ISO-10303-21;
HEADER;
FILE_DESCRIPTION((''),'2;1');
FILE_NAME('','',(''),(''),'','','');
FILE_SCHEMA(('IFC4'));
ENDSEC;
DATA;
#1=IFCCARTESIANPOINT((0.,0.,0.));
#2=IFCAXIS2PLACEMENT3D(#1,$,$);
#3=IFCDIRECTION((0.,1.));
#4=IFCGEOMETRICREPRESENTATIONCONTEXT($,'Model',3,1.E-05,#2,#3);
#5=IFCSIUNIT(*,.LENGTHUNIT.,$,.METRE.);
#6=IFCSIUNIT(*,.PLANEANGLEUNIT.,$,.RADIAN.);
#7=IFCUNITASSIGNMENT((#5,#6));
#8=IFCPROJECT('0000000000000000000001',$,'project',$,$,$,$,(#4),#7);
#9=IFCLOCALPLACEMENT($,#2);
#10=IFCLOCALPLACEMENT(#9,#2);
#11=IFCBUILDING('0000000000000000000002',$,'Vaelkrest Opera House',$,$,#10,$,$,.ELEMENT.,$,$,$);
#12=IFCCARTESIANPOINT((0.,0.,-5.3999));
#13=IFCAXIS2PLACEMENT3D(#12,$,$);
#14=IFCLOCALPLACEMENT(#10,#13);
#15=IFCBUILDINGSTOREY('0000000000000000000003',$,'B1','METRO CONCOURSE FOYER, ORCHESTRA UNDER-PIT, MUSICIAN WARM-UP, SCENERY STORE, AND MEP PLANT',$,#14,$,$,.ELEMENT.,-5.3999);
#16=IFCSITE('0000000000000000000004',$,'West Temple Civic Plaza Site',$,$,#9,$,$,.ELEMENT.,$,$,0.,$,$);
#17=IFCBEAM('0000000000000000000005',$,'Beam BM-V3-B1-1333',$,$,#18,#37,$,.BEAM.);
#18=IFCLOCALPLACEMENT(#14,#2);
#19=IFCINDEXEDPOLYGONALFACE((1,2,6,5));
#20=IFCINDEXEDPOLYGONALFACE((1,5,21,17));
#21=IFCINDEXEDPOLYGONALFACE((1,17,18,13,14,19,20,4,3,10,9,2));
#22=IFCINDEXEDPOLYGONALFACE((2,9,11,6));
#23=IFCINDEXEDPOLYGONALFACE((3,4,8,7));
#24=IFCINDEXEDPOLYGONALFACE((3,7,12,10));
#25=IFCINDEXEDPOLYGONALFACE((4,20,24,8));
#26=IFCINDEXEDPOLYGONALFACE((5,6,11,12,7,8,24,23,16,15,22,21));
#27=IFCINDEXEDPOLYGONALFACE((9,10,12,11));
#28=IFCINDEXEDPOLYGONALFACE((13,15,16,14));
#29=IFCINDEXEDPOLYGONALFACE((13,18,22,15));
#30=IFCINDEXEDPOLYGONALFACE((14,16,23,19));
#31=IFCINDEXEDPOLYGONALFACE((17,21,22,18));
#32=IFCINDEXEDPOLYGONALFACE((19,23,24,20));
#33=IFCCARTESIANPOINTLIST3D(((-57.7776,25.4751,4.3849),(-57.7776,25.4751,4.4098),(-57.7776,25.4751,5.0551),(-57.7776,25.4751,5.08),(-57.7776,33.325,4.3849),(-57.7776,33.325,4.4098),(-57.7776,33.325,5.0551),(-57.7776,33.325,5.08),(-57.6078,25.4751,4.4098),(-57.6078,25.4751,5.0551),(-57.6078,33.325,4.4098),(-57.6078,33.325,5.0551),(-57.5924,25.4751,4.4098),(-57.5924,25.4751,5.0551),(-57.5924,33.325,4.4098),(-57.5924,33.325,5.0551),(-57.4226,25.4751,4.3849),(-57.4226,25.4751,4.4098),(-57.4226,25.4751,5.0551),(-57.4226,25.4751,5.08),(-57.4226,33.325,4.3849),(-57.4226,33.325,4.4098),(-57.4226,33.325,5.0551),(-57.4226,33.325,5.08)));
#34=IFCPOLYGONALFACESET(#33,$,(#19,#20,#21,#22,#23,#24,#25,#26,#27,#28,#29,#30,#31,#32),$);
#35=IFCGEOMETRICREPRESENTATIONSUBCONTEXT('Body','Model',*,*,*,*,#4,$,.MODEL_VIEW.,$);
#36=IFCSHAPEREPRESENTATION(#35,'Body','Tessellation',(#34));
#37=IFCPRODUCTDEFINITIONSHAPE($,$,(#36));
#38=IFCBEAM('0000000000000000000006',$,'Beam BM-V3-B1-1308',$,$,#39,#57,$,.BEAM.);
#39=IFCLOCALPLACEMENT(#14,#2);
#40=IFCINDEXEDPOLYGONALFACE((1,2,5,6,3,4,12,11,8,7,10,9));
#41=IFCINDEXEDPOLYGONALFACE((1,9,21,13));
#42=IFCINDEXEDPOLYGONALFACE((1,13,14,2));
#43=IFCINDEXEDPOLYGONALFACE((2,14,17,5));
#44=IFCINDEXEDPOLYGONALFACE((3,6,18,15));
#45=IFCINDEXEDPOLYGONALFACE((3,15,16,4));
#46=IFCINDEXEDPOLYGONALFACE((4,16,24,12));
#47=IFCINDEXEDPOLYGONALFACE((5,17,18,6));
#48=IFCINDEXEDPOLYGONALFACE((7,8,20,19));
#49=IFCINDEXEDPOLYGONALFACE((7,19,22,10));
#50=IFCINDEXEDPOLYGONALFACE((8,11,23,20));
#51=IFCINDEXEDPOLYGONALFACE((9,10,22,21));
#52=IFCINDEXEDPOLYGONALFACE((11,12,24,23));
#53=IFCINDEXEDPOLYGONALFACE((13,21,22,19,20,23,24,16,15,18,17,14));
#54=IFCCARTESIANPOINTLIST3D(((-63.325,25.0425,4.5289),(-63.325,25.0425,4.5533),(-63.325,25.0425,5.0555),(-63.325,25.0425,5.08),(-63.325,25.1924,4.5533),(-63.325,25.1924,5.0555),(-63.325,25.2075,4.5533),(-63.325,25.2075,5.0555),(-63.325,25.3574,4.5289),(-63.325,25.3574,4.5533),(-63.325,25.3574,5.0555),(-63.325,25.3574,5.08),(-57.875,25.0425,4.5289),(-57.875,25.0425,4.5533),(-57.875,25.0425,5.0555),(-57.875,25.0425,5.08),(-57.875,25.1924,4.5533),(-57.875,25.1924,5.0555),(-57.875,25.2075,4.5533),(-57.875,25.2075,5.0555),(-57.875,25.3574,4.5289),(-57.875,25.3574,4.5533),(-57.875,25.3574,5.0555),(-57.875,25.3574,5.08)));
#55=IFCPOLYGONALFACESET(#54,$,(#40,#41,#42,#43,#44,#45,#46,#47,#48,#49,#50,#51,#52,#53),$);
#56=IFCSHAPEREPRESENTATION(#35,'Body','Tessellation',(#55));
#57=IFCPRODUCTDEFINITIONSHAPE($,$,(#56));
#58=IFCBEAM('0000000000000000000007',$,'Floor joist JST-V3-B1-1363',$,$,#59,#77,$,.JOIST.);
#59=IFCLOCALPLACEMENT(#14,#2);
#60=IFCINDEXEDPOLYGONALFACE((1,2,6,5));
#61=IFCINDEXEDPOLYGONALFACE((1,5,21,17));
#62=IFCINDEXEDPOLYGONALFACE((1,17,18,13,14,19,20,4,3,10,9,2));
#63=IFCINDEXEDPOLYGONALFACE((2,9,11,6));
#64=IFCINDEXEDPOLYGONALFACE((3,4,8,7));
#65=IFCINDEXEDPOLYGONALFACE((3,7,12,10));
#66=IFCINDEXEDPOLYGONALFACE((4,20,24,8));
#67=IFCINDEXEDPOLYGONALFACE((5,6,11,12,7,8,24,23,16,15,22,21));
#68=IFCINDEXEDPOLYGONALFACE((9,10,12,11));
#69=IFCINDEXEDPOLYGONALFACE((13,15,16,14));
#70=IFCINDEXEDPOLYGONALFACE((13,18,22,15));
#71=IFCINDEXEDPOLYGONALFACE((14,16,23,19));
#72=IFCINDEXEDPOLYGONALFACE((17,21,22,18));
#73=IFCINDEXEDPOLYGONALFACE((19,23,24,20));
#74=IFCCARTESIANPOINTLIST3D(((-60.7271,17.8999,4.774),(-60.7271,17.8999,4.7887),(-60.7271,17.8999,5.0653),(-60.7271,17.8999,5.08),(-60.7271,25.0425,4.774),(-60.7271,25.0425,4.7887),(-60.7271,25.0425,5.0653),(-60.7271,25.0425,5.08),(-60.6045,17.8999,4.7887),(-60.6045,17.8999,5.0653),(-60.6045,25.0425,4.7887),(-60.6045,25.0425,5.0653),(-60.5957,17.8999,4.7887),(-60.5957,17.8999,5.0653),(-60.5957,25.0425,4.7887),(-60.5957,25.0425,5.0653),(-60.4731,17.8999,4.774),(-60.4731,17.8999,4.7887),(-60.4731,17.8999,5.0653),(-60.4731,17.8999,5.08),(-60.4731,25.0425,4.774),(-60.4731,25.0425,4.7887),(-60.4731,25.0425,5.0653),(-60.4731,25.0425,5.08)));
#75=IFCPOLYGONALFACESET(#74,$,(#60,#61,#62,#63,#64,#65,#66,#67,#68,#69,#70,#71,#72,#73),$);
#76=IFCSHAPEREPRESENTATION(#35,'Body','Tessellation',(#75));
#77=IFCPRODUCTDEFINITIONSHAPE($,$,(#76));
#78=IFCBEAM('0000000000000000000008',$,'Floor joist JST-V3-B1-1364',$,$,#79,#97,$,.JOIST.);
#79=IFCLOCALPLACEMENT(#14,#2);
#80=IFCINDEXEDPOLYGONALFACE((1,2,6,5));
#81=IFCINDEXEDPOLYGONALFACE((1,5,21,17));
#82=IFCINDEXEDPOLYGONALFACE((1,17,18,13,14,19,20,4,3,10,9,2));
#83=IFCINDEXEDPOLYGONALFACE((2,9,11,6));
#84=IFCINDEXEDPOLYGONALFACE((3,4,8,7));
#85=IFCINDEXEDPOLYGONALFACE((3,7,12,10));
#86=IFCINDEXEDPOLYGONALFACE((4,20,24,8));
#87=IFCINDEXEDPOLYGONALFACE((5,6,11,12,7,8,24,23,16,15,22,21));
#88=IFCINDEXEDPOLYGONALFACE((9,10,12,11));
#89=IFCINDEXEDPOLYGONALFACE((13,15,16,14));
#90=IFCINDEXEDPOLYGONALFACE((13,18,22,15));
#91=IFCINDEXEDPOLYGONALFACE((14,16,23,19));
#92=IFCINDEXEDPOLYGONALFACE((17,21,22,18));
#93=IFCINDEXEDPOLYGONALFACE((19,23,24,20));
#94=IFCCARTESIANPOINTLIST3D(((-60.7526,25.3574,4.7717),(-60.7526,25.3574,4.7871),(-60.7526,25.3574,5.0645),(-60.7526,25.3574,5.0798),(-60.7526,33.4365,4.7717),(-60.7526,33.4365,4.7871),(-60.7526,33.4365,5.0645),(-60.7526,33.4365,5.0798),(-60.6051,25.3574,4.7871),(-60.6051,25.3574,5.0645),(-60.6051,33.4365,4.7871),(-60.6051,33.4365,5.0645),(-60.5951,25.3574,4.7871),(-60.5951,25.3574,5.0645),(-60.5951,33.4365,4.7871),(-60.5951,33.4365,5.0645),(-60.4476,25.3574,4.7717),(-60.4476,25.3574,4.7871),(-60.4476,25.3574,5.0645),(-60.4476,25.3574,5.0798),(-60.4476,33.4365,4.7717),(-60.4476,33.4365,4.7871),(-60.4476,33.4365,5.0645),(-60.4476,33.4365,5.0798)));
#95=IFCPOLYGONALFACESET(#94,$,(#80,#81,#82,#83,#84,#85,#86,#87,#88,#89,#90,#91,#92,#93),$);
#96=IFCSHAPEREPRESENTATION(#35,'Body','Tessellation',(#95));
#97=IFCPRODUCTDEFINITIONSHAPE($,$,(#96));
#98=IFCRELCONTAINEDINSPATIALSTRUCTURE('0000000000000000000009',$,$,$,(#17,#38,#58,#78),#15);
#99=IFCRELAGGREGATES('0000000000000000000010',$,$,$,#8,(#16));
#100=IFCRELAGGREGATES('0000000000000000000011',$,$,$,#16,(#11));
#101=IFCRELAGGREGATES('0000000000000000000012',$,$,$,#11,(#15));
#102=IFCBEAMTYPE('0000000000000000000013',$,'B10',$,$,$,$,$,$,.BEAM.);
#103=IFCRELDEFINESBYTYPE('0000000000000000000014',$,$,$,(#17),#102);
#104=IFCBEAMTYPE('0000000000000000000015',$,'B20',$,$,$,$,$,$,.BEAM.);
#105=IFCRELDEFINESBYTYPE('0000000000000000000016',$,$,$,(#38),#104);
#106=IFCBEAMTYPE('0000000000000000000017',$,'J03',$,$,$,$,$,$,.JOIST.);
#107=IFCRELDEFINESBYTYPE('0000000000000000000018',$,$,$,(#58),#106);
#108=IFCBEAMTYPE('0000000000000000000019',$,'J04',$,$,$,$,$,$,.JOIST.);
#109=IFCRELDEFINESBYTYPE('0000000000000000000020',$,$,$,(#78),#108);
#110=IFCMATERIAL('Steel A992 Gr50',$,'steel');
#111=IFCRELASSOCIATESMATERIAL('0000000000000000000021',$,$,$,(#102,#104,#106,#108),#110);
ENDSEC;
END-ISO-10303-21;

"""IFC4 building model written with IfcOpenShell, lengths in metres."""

from ifc_helpers import new_model, si_unit, direction, frame, origin, origin_2d, place, context, subcontext, project, spatial, i_section, extrude, material, material_profile, profile_set, type_object, element, save


model = new_model("IFC4")

# Units and contexts
model_context = context("Model", 3, precision=1e-05, world=origin(), true_north=direction((0.0, 1.0)))
body_context = subcontext(model_context, "Body", "Model", "MODEL_VIEW")
ifc_project = project(units=[si_unit("LENGTHUNIT", "METRE"), si_unit("PLANEANGLEUNIT", "RADIAN")], contexts=[model_context])

# Site, building, storey
site_placement = place(None, origin())
site = spatial("IfcSite", under=ifc_project, at=site_placement, Name="West Temple Civic Plaza Site", CompositionType="ELEMENT", RefElevation=0.0)
building_placement = place(site_placement, origin())
building = spatial("IfcBuilding", under=site, at=building_placement, Name="Vaelkrest Opera House", CompositionType="ELEMENT")
storey_placement = place(building_placement, frame((0.0, 0.0, -5.3999)))
storey = spatial("IfcBuildingStorey", under=building, at=storey_placement, Name="B1", Description="METRO CONCOURSE FOYER, ORCHESTRA UNDER-PIT, MUSICIAN WARM-UP, SCENERY STORE, AND MEP PLANT", CompositionType="ELEMENT", Elevation=-5.3999)

# Beams
ifc_material_1 = material(Name="Steel A992 Gr50", Category="steel")
ifc_material_profile_1 = material_profile(ifc_material_1, i_section(OverallWidth=0.355, OverallDepth=0.6951, WebThickness=0.0154, FlangeThickness=0.0249, at=origin_2d()), Name="W27X146")
ifc_profile_set_1 = profile_set([ifc_material_profile_1], Name="Steel A992 Gr50")
beam_type_1 = type_object("IfcBeamType", Name="B10", PredefinedType="BEAM", material=ifc_profile_set_1)
for number, where, z_axis, x_axis, name in (
    (1, (-57.6001, 25.4751, 4.7324), (0.0, 1.0, 0.0), (-1.0, 0.0, 0.0), "Beam BM-V3-B1-1333"),
):
    element("IfcBeam", number, at=place(storey_placement, frame(where, z_axis=z_axis, x_axis=x_axis)), inside=storey, type_object=beam_type_1, Name=name, PredefinedType="BEAM", context=body_context, shape_type="SweptSolid", body=[
        extrude(i_section(OverallWidth=0.355, OverallDepth=0.6951, WebThickness=0.0154, FlangeThickness=0.0249, at=origin_2d()), origin(), (0.0, 0.0, 1.0), 7.8499),
    ])
ifc_material_profile_2 = material_profile(ifc_material_1, i_section(OverallWidth=0.3149, OverallDepth=0.551, WebThickness=0.0151, FlangeThickness=0.0244, at=origin_2d()), Name="W21X122")
ifc_profile_set_2 = profile_set([ifc_material_profile_2], Name="Steel A992 Gr50")
beam_type_2 = type_object("IfcBeamType", Name="B20", PredefinedType="BEAM", material=ifc_profile_set_2)
beam_1_placement = place(storey_placement, frame((-63.325, 25.2, 4.8044), z_axis=(1.0, 0.0, 0.0), x_axis=(0.0, 1.0, 0.0)))
element("IfcBeam", 2, at=beam_1_placement, inside=storey, type_object=beam_type_2, Name="Beam BM-V3-B1-1308", PredefinedType="BEAM", context=body_context, shape_type="SweptSolid", body=[
    extrude(i_section(OverallWidth=0.3149, OverallDepth=0.551, WebThickness=0.0151, FlangeThickness=0.0244, at=origin_2d()), origin(), (0.0, 0.0, 1.0), 5.45),
])
ifc_material_profile_3 = material_profile(ifc_material_1, i_section(OverallWidth=0.2539, OverallDepth=0.3059, WebThickness=0.0088, FlangeThickness=0.0146, at=origin_2d()), Name="W12X53")
ifc_profile_set_3 = profile_set([ifc_material_profile_3], Name="Steel A992 Gr50")
beam_type_3 = type_object("IfcBeamType", Name="J03", PredefinedType="JOIST", material=ifc_profile_set_3)
beam_2_placement = place(storey_placement, frame((-60.6001, 17.8999, 4.927), z_axis=(0.0, 1.0, 0.0), x_axis=(-1.0, 0.0, 0.0)))
element("IfcBeam", 3, at=beam_2_placement, inside=storey, type_object=beam_type_3, Name="Floor joist JST-V3-B1-1363", PredefinedType="JOIST", context=body_context, shape_type="SweptSolid", body=[
    extrude(i_section(OverallWidth=0.2539, OverallDepth=0.3059, WebThickness=0.0088, FlangeThickness=0.0146, at=origin_2d()), origin(), (0.0, 0.0, 1.0), 7.1426),
])
ifc_material_profile_4 = material_profile(ifc_material_1, i_section(OverallWidth=0.3049, OverallDepth=0.3081, WebThickness=0.01, FlangeThickness=0.0154, at=origin_2d()), Name="W12X65")
ifc_profile_set_4 = profile_set([ifc_material_profile_4], Name="Steel A992 Gr50")
beam_type_4 = type_object("IfcBeamType", Name="J04", PredefinedType="JOIST", material=ifc_profile_set_4)
beam_3_placement = place(storey_placement, frame((-60.6001, 25.3574, 4.9258), z_axis=(0.0, 1.0, 0.0), x_axis=(-1.0, 0.0, 0.0)))
element("IfcBeam", 4, at=beam_3_placement, inside=storey, type_object=beam_type_4, Name="Floor joist JST-V3-B1-1364", PredefinedType="JOIST", context=body_context, shape_type="SweptSolid", body=[
    extrude(i_section(OverallWidth=0.3049, OverallDepth=0.3081, WebThickness=0.01, FlangeThickness=0.0154, at=origin_2d()), origin(), (0.0, 0.0, 1.0), 8.0791),
])

save(model, "model.ifc")
